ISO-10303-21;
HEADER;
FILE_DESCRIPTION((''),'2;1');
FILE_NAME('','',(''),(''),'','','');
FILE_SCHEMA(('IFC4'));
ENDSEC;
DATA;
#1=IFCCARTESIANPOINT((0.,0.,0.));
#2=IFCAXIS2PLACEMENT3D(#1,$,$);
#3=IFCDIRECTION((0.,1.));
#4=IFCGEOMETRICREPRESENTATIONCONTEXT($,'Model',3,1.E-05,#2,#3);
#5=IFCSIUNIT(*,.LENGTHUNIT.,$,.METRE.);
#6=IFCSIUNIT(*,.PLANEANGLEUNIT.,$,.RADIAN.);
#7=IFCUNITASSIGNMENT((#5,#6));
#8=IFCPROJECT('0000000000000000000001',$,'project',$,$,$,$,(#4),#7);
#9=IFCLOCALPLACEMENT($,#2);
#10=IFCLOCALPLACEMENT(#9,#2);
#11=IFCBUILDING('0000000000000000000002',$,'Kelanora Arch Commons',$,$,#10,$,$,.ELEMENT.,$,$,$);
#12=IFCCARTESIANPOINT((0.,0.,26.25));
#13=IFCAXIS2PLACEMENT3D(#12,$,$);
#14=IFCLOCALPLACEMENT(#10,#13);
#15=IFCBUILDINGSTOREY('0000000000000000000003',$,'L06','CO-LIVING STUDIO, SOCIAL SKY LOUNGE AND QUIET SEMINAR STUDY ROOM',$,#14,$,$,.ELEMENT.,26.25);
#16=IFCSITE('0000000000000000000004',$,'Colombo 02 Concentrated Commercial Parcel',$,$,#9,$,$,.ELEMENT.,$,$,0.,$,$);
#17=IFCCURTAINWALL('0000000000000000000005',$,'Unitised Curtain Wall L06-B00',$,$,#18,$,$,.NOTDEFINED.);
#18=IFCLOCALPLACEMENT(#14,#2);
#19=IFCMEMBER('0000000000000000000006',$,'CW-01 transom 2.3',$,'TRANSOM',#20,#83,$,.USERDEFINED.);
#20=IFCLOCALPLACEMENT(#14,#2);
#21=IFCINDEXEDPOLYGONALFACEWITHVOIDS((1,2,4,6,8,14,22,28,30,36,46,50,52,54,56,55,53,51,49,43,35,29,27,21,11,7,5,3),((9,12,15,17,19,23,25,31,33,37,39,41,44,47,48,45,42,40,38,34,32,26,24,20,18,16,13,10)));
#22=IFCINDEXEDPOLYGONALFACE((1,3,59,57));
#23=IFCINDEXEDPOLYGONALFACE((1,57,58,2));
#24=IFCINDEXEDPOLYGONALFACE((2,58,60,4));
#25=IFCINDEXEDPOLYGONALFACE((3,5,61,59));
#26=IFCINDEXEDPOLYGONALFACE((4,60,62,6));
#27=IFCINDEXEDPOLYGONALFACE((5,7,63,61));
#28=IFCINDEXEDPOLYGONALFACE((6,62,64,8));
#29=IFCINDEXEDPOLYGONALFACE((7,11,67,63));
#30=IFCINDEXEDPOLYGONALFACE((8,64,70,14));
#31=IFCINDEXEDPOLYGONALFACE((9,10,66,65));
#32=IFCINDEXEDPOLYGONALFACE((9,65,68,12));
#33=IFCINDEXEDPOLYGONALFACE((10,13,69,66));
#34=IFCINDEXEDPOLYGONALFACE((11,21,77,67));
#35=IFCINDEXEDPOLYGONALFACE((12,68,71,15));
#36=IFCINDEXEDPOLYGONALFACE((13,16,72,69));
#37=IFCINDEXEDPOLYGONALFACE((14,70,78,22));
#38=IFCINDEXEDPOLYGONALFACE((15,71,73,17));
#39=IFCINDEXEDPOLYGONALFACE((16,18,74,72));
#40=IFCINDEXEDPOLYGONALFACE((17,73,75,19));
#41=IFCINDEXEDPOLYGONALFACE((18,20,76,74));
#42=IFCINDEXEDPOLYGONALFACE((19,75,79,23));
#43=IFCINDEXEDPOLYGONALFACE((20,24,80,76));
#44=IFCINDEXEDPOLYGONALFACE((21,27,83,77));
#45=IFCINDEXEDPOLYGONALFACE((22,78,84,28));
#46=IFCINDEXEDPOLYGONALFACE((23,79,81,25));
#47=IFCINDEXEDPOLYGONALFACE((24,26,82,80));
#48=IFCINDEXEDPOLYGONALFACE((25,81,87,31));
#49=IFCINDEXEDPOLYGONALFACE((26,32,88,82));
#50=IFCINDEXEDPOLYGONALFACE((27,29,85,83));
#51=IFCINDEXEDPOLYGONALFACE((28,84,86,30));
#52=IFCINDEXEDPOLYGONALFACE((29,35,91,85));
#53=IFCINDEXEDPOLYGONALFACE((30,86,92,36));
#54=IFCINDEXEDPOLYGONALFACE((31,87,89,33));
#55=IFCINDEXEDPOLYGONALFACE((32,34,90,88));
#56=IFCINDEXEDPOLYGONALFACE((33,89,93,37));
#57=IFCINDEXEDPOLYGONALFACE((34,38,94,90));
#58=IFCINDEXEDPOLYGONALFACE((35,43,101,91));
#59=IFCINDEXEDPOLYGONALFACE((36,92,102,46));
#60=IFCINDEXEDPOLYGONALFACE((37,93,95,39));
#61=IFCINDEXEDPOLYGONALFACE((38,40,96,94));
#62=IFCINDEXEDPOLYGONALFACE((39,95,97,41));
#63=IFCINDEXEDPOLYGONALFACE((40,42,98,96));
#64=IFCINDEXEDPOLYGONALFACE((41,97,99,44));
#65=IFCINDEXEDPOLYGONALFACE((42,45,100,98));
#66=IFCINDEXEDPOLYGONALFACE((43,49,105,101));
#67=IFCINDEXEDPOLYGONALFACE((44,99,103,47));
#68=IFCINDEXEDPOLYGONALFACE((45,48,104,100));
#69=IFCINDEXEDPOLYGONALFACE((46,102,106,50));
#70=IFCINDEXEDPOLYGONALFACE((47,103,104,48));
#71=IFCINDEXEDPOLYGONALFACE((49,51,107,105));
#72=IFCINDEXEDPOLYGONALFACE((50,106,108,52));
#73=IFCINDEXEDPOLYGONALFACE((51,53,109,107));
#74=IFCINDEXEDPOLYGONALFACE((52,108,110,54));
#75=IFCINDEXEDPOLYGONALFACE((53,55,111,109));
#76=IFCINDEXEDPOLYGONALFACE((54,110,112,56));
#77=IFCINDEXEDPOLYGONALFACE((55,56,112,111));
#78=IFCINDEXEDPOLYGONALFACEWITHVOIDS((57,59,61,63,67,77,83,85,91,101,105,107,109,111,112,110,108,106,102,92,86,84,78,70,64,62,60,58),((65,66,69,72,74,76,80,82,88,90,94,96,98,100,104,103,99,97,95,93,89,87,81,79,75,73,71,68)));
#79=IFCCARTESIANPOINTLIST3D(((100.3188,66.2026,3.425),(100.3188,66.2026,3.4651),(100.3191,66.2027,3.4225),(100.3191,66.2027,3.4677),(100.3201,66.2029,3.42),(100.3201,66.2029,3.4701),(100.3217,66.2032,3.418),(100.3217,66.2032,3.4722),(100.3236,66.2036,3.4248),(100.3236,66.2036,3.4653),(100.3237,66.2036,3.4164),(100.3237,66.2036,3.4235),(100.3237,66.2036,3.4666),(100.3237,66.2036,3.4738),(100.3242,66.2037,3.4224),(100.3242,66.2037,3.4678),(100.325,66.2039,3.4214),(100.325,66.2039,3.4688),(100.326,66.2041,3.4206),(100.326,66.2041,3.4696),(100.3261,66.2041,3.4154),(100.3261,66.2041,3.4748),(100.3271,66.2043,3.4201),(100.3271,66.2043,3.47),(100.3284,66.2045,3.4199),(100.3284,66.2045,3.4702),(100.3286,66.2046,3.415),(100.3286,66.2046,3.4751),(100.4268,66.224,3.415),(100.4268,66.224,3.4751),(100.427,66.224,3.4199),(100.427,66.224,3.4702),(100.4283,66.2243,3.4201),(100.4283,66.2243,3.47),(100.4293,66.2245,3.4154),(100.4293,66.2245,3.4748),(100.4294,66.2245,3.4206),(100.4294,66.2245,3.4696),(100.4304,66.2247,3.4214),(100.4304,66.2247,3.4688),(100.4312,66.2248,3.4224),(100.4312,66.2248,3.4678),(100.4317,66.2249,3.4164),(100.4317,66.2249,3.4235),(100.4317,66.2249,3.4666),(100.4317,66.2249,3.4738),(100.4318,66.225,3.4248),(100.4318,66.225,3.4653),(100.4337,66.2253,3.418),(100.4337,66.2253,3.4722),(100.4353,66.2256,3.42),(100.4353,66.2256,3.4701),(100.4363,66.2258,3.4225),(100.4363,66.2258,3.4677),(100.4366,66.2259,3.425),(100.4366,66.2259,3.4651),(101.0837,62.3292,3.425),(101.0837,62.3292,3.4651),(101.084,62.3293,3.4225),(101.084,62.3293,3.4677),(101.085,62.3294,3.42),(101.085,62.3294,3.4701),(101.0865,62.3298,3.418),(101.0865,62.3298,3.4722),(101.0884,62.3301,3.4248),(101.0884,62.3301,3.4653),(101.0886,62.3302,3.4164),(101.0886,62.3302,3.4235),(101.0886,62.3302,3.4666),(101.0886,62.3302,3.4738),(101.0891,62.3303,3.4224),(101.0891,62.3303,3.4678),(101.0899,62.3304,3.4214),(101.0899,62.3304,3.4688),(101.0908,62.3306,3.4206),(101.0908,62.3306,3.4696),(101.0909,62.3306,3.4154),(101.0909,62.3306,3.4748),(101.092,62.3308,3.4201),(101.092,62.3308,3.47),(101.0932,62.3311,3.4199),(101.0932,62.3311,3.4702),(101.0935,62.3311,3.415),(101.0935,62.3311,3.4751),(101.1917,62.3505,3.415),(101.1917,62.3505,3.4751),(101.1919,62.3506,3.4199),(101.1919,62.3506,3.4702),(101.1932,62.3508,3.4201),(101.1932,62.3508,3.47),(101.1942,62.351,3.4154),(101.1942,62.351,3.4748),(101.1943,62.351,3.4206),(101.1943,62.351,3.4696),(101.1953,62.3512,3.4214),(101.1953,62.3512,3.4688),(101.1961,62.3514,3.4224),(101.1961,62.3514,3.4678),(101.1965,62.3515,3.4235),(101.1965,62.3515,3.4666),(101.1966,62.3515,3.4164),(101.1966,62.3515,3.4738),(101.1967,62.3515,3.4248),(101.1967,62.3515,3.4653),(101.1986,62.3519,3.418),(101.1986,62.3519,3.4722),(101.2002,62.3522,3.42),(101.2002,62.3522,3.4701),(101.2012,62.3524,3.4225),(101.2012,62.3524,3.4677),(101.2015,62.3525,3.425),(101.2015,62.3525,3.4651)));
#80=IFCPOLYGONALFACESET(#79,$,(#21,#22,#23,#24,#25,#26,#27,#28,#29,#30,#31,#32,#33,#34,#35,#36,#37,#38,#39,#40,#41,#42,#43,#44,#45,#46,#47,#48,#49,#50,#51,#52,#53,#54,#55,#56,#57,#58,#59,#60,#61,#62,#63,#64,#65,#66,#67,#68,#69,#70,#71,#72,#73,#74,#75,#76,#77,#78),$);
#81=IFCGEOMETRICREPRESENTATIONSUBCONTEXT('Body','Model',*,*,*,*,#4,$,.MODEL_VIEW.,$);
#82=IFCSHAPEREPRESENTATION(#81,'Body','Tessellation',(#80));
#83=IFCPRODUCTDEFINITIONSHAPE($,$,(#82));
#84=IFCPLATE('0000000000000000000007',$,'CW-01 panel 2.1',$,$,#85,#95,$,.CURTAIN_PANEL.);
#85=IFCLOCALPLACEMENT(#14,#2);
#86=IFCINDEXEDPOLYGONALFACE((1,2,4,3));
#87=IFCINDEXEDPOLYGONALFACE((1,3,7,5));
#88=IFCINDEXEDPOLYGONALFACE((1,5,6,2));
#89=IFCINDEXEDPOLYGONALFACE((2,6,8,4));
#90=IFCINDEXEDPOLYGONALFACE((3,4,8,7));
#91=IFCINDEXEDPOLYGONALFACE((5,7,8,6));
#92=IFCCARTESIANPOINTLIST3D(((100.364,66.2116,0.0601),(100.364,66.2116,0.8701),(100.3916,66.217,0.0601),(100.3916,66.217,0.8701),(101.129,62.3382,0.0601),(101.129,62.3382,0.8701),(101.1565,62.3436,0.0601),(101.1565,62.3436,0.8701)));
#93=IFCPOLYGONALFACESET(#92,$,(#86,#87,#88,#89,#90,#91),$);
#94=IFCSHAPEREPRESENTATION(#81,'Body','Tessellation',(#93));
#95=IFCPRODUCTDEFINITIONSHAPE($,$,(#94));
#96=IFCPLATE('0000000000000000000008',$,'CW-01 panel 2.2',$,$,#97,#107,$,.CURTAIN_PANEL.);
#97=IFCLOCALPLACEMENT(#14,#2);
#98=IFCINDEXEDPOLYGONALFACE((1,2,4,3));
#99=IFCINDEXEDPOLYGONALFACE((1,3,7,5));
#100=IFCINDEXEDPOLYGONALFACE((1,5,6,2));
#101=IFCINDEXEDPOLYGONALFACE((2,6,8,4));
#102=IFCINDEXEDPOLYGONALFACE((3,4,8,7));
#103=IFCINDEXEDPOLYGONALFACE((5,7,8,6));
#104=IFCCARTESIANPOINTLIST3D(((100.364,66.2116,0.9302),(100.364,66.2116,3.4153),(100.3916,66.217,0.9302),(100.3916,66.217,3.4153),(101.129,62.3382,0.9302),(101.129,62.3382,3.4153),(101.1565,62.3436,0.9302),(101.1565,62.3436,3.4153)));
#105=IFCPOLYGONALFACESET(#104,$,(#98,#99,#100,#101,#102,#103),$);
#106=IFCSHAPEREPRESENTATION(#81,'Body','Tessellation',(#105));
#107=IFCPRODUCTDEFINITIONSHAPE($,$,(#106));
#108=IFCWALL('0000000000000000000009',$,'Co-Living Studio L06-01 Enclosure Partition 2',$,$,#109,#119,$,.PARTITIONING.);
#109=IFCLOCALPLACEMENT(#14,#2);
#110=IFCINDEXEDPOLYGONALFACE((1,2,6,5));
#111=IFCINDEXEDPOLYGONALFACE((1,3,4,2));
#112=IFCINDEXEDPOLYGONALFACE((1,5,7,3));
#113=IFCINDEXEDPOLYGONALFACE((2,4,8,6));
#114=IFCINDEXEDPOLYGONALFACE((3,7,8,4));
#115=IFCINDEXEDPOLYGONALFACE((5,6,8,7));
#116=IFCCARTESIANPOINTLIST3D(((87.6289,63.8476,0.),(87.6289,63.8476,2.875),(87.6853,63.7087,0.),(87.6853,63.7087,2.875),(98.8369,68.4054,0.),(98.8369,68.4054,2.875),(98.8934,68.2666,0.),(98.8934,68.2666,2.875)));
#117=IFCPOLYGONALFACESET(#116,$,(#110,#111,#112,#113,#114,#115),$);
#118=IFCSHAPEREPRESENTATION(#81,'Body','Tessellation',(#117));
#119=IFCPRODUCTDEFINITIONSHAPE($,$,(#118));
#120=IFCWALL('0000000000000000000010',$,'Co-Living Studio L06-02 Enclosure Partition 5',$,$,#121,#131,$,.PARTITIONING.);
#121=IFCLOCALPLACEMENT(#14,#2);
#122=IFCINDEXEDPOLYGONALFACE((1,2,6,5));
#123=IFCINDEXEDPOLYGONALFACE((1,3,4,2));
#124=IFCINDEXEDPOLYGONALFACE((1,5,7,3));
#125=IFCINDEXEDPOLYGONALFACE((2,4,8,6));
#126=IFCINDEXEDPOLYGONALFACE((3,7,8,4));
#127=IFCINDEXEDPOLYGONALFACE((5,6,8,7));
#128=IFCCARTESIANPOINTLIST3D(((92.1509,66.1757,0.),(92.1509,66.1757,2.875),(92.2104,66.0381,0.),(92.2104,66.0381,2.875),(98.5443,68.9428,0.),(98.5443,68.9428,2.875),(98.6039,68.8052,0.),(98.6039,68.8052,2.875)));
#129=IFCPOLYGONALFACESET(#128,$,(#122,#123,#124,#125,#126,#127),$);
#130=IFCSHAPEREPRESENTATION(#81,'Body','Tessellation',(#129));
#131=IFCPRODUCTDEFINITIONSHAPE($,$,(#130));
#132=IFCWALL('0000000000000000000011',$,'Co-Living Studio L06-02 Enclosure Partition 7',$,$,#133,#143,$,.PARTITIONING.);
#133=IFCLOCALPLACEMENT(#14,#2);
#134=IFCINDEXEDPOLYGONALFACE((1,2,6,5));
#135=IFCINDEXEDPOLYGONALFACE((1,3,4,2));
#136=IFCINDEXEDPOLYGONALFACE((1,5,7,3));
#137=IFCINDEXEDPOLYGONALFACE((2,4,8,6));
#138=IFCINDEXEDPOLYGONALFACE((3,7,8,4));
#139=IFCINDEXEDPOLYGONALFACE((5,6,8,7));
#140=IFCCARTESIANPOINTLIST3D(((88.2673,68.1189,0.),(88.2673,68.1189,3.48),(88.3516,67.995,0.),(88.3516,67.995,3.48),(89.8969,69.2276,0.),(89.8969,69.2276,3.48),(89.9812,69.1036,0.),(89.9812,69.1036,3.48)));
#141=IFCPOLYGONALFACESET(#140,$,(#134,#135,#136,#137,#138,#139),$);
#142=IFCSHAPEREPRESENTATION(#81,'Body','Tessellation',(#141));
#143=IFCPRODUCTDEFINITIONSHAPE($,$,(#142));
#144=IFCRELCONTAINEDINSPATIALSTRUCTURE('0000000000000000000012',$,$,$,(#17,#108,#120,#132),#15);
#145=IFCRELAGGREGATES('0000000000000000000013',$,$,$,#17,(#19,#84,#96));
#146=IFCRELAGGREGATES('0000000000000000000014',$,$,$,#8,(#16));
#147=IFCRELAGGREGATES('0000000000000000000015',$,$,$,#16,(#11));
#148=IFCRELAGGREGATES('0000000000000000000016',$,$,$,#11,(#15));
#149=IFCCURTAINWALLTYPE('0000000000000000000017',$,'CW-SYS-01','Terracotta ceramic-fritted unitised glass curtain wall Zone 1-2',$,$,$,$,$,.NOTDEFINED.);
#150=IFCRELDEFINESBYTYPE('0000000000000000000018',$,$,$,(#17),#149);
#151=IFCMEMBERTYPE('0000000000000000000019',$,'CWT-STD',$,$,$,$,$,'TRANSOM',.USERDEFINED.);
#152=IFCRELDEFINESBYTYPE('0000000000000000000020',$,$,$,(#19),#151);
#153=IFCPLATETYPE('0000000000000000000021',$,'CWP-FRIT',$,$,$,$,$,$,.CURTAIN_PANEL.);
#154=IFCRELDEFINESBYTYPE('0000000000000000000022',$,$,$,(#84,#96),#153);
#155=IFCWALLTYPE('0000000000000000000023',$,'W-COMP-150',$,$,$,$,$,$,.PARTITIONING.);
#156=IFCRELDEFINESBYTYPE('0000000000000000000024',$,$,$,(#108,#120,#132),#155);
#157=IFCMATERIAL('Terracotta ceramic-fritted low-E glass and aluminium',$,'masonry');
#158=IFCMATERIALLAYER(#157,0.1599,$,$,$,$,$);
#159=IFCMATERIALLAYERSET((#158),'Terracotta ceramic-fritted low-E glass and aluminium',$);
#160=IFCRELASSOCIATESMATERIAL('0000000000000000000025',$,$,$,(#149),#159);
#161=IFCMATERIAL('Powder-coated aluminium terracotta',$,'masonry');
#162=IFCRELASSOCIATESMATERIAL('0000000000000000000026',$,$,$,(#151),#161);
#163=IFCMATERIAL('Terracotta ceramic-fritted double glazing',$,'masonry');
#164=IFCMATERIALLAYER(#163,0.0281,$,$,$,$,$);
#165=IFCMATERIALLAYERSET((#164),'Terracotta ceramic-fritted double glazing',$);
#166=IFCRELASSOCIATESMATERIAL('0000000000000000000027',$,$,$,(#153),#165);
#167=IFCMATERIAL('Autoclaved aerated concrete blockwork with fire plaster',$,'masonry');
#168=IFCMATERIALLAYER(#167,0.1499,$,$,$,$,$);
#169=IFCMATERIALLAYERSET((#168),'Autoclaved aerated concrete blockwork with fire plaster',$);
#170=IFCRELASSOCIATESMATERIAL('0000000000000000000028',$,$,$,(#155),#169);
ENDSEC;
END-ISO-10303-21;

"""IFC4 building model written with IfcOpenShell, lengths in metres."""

from ifc_helpers import new_model, si_unit, direction, frame, frame_2d, origin, origin_2d, place, context, subcontext, project, spatial, rectangle, hollow_rectangle, extrude, source, transform, mapped, material, layer, layer_set, material_profile, profile_set, type_object, element, aggregate, save


model = new_model("IFC4")

# Units and contexts
model_context = context("Model", 3, precision=1e-05, world=origin(), true_north=direction((0.0, 1.0)))
body_context = subcontext(model_context, "Body", "Model", "MODEL_VIEW")
ifc_project = project(units=[si_unit("LENGTHUNIT", "METRE"), si_unit("PLANEANGLEUNIT", "RADIAN")], contexts=[model_context])

# Site, building, storey
site_placement = place(None, origin())
site = spatial("IfcSite", under=ifc_project, at=site_placement, Name="Colombo 02 Concentrated Commercial Parcel", CompositionType="ELEMENT", RefElevation=0.0)
building_placement = place(site_placement, origin())
building = spatial("IfcBuilding", under=site, at=building_placement, Name="Kelanora Arch Commons", CompositionType="ELEMENT")
storey_placement = place(building_placement, frame((0.0, 0.0, 26.25)))
storey = spatial("IfcBuildingStorey", under=building, at=storey_placement, Name="L06", Description="CO-LIVING STUDIO, SOCIAL SKY LOUNGE AND QUIET SEMINAR STUDY ROOM", CompositionType="ELEMENT", Elevation=26.25)

# Curtain wall, member, plates
ifc_material_1 = material(Name="Terracotta ceramic-fritted low-E glass and aluminium", Category="masonry")
ifc_layer_1 = layer(ifc_material_1, 0.1599)
ifc_layer_set_1 = layer_set([ifc_layer_1], Name="Terracotta ceramic-fritted low-E glass and aluminium")
curtain_wall_type = type_object("IfcCurtainWallType", Name="CW-SYS-01", Description="Terracotta ceramic-fritted unitised glass curtain wall Zone 1-2", PredefinedType="NOTDEFINED", material=ifc_layer_set_1)
curtain_wall_placement = place(storey_placement, origin())
curtain_wall = element("IfcCurtainWall", 1, at=curtain_wall_placement, inside=storey, type_object=curtain_wall_type, Name="Unitised Curtain Wall L06-B00", PredefinedType="NOTDEFINED")
ifc_material_2 = material(Name="Powder-coated aluminium terracotta", Category="masonry")
ifc_material_profile_1 = material_profile(ifc_material_2, hollow_rectangle(XDim=0.1201, YDim=0.0601, WallThickness=0.0049, InnerFilletRadius=0.0049, OuterFilletRadius=0.01, at=origin_2d()), Name="CWT120x60")
ifc_profile_set_1 = profile_set([ifc_material_profile_1], Name="Powder-coated aluminium terracotta")
member_type_1 = type_object("IfcMemberType", Name="CWT-STD", ElementType="TRANSOM", PredefinedType="USERDEFINED", material=ifc_profile_set_1)
member_1_placement = place(storey_placement, frame((101.1426, 62.3408, 3.4451), z_axis=(-0.193725, 0.981056, 0.0), x_axis=(-0.981056, -0.193725, 0.0)))
member_1 = element("IfcMember", 2, at=member_1_placement, type_object=member_type_1, Name="CW-01 transom 2.3", ObjectType="TRANSOM", PredefinedType="USERDEFINED", context=body_context, shape_type="SweptSolid", body=[
    extrude(hollow_rectangle(XDim=0.1201, YDim=0.0601, WallThickness=0.0049, InnerFilletRadius=0.0049, OuterFilletRadius=0.01, at=origin_2d()), origin(), (0.0, 0.0, 1.0), 3.9482),
])
ifc_material_3 = material(Name="Terracotta ceramic-fritted double glazing", Category="masonry")
ifc_layer_2 = layer(ifc_material_3, 0.0281)
ifc_layer_set_2 = layer_set([ifc_layer_2], Name="Terracotta ceramic-fritted double glazing")
plate_type = type_object("IfcPlateType", Name="CWP-FRIT", PredefinedType="CURTAIN_PANEL", material=ifc_layer_set_2)
shared_shape_1 = source(origin(), body_context, "Body", "SweptSolid", [
    extrude(rectangle(XDim=3.9482, YDim=0.0281, at=origin_2d()), origin(), (0.0, 0.0, 1.0), 0.8101),
])
plate_1_placement = place(storey_placement, frame((100.7603, 64.2776, 0.0601), z_axis=(0.0, 0.0, 1.0), x_axis=(-0.193744, 0.981052, 0.0)))
plate_1 = element("IfcPlate", 3, at=plate_1_placement, type_object=plate_type, Name="CW-01 panel 2.1", PredefinedType="CURTAIN_PANEL", context=body_context, shape_type="MappedRepresentation", body=[
    mapped(shared_shape_1, transform((0.0, 0.0, 0.0), scale=1.0)),
])
shared_shape_2 = source(origin(), body_context, "Body", "SweptSolid", [
    extrude(rectangle(XDim=3.9482, YDim=0.0281, at=origin_2d()), origin(), (0.0, 0.0, 1.0), 2.4851),
])
plate_2_placement = place(storey_placement, frame((100.7603, 64.2776, 0.9302), z_axis=(0.0, 0.0, 1.0), x_axis=(-0.193744, 0.981052, 0.0)))
plate_2 = element("IfcPlate", 4, at=plate_2_placement, type_object=plate_type, Name="CW-01 panel 2.2", PredefinedType="CURTAIN_PANEL", context=body_context, shape_type="MappedRepresentation", body=[
    mapped(shared_shape_2, transform((0.0, 0.0, 0.0), scale=1.0)),
])
aggregate(curtain_wall, [member_1, plate_1, plate_2])

# Walls
ifc_material_4 = material(Name="Autoclaved aerated concrete blockwork with fire plaster", Category="masonry")
ifc_layer_3 = layer(ifc_material_4, 0.1499)
ifc_layer_set_3 = layer_set([ifc_layer_3], Name="Autoclaved aerated concrete blockwork with fire plaster")
wall_type_1 = type_object("IfcWallType", Name="W-COMP-150", PredefinedType="PARTITIONING", material=ifc_layer_set_3)
wall_1_placement = place(storey_placement, frame((87.657, 63.7781, 0.0), z_axis=(0.0, 0.0, 1.0), x_axis=(0.926334, 0.376704, 0.0)))
element("IfcWall", 5, at=wall_1_placement, inside=storey, type_object=wall_type_1, Name="Co-Living Studio L06-01 Enclosure Partition 2", PredefinedType="PARTITIONING", context=body_context, shape_type="SweptSolid", body=[
    extrude(rectangle(XDim=12.0994, YDim=0.1499, at=frame_2d((6.0498, 0.0))), origin(), (0.0, 0.0, 1.0), 2.875),
])
wall_2_placement = place(storey_placement, frame((98.5742, 68.874, 0.0), z_axis=(0.0, 0.0, 1.0), x_axis=(-0.917736, -0.39719, 0.0)))
element("IfcWall", 6, at=wall_2_placement, inside=storey, type_object=wall_type_1, Name="Co-Living Studio L06-02 Enclosure Partition 5", PredefinedType="PARTITIONING", context=body_context, shape_type="SweptSolid", body=[
    extrude(rectangle(XDim=6.9666, YDim=0.1499, at=frame_2d((3.4834, 0.0))), origin(), (0.0, 0.0, 1.0), 2.875),
])
wall_3_placement = place(storey_placement, frame((89.939, 69.1655, 0.0), z_axis=(0.0, 0.0, 1.0), x_axis=(-0.826811, -0.562479, 0.0)))
element("IfcWall", 7, at=wall_3_placement, inside=storey, type_object=wall_type_1, Name="Co-Living Studio L06-02 Enclosure Partition 7", PredefinedType="PARTITIONING", context=body_context, shape_type="SweptSolid", body=[
    extrude(rectangle(XDim=1.9709, YDim=0.1499, at=frame_2d((0.9854, 0.0))), origin(), (0.0, 0.0, 1.0), 3.48),
])

save(model, "model.ifc")
